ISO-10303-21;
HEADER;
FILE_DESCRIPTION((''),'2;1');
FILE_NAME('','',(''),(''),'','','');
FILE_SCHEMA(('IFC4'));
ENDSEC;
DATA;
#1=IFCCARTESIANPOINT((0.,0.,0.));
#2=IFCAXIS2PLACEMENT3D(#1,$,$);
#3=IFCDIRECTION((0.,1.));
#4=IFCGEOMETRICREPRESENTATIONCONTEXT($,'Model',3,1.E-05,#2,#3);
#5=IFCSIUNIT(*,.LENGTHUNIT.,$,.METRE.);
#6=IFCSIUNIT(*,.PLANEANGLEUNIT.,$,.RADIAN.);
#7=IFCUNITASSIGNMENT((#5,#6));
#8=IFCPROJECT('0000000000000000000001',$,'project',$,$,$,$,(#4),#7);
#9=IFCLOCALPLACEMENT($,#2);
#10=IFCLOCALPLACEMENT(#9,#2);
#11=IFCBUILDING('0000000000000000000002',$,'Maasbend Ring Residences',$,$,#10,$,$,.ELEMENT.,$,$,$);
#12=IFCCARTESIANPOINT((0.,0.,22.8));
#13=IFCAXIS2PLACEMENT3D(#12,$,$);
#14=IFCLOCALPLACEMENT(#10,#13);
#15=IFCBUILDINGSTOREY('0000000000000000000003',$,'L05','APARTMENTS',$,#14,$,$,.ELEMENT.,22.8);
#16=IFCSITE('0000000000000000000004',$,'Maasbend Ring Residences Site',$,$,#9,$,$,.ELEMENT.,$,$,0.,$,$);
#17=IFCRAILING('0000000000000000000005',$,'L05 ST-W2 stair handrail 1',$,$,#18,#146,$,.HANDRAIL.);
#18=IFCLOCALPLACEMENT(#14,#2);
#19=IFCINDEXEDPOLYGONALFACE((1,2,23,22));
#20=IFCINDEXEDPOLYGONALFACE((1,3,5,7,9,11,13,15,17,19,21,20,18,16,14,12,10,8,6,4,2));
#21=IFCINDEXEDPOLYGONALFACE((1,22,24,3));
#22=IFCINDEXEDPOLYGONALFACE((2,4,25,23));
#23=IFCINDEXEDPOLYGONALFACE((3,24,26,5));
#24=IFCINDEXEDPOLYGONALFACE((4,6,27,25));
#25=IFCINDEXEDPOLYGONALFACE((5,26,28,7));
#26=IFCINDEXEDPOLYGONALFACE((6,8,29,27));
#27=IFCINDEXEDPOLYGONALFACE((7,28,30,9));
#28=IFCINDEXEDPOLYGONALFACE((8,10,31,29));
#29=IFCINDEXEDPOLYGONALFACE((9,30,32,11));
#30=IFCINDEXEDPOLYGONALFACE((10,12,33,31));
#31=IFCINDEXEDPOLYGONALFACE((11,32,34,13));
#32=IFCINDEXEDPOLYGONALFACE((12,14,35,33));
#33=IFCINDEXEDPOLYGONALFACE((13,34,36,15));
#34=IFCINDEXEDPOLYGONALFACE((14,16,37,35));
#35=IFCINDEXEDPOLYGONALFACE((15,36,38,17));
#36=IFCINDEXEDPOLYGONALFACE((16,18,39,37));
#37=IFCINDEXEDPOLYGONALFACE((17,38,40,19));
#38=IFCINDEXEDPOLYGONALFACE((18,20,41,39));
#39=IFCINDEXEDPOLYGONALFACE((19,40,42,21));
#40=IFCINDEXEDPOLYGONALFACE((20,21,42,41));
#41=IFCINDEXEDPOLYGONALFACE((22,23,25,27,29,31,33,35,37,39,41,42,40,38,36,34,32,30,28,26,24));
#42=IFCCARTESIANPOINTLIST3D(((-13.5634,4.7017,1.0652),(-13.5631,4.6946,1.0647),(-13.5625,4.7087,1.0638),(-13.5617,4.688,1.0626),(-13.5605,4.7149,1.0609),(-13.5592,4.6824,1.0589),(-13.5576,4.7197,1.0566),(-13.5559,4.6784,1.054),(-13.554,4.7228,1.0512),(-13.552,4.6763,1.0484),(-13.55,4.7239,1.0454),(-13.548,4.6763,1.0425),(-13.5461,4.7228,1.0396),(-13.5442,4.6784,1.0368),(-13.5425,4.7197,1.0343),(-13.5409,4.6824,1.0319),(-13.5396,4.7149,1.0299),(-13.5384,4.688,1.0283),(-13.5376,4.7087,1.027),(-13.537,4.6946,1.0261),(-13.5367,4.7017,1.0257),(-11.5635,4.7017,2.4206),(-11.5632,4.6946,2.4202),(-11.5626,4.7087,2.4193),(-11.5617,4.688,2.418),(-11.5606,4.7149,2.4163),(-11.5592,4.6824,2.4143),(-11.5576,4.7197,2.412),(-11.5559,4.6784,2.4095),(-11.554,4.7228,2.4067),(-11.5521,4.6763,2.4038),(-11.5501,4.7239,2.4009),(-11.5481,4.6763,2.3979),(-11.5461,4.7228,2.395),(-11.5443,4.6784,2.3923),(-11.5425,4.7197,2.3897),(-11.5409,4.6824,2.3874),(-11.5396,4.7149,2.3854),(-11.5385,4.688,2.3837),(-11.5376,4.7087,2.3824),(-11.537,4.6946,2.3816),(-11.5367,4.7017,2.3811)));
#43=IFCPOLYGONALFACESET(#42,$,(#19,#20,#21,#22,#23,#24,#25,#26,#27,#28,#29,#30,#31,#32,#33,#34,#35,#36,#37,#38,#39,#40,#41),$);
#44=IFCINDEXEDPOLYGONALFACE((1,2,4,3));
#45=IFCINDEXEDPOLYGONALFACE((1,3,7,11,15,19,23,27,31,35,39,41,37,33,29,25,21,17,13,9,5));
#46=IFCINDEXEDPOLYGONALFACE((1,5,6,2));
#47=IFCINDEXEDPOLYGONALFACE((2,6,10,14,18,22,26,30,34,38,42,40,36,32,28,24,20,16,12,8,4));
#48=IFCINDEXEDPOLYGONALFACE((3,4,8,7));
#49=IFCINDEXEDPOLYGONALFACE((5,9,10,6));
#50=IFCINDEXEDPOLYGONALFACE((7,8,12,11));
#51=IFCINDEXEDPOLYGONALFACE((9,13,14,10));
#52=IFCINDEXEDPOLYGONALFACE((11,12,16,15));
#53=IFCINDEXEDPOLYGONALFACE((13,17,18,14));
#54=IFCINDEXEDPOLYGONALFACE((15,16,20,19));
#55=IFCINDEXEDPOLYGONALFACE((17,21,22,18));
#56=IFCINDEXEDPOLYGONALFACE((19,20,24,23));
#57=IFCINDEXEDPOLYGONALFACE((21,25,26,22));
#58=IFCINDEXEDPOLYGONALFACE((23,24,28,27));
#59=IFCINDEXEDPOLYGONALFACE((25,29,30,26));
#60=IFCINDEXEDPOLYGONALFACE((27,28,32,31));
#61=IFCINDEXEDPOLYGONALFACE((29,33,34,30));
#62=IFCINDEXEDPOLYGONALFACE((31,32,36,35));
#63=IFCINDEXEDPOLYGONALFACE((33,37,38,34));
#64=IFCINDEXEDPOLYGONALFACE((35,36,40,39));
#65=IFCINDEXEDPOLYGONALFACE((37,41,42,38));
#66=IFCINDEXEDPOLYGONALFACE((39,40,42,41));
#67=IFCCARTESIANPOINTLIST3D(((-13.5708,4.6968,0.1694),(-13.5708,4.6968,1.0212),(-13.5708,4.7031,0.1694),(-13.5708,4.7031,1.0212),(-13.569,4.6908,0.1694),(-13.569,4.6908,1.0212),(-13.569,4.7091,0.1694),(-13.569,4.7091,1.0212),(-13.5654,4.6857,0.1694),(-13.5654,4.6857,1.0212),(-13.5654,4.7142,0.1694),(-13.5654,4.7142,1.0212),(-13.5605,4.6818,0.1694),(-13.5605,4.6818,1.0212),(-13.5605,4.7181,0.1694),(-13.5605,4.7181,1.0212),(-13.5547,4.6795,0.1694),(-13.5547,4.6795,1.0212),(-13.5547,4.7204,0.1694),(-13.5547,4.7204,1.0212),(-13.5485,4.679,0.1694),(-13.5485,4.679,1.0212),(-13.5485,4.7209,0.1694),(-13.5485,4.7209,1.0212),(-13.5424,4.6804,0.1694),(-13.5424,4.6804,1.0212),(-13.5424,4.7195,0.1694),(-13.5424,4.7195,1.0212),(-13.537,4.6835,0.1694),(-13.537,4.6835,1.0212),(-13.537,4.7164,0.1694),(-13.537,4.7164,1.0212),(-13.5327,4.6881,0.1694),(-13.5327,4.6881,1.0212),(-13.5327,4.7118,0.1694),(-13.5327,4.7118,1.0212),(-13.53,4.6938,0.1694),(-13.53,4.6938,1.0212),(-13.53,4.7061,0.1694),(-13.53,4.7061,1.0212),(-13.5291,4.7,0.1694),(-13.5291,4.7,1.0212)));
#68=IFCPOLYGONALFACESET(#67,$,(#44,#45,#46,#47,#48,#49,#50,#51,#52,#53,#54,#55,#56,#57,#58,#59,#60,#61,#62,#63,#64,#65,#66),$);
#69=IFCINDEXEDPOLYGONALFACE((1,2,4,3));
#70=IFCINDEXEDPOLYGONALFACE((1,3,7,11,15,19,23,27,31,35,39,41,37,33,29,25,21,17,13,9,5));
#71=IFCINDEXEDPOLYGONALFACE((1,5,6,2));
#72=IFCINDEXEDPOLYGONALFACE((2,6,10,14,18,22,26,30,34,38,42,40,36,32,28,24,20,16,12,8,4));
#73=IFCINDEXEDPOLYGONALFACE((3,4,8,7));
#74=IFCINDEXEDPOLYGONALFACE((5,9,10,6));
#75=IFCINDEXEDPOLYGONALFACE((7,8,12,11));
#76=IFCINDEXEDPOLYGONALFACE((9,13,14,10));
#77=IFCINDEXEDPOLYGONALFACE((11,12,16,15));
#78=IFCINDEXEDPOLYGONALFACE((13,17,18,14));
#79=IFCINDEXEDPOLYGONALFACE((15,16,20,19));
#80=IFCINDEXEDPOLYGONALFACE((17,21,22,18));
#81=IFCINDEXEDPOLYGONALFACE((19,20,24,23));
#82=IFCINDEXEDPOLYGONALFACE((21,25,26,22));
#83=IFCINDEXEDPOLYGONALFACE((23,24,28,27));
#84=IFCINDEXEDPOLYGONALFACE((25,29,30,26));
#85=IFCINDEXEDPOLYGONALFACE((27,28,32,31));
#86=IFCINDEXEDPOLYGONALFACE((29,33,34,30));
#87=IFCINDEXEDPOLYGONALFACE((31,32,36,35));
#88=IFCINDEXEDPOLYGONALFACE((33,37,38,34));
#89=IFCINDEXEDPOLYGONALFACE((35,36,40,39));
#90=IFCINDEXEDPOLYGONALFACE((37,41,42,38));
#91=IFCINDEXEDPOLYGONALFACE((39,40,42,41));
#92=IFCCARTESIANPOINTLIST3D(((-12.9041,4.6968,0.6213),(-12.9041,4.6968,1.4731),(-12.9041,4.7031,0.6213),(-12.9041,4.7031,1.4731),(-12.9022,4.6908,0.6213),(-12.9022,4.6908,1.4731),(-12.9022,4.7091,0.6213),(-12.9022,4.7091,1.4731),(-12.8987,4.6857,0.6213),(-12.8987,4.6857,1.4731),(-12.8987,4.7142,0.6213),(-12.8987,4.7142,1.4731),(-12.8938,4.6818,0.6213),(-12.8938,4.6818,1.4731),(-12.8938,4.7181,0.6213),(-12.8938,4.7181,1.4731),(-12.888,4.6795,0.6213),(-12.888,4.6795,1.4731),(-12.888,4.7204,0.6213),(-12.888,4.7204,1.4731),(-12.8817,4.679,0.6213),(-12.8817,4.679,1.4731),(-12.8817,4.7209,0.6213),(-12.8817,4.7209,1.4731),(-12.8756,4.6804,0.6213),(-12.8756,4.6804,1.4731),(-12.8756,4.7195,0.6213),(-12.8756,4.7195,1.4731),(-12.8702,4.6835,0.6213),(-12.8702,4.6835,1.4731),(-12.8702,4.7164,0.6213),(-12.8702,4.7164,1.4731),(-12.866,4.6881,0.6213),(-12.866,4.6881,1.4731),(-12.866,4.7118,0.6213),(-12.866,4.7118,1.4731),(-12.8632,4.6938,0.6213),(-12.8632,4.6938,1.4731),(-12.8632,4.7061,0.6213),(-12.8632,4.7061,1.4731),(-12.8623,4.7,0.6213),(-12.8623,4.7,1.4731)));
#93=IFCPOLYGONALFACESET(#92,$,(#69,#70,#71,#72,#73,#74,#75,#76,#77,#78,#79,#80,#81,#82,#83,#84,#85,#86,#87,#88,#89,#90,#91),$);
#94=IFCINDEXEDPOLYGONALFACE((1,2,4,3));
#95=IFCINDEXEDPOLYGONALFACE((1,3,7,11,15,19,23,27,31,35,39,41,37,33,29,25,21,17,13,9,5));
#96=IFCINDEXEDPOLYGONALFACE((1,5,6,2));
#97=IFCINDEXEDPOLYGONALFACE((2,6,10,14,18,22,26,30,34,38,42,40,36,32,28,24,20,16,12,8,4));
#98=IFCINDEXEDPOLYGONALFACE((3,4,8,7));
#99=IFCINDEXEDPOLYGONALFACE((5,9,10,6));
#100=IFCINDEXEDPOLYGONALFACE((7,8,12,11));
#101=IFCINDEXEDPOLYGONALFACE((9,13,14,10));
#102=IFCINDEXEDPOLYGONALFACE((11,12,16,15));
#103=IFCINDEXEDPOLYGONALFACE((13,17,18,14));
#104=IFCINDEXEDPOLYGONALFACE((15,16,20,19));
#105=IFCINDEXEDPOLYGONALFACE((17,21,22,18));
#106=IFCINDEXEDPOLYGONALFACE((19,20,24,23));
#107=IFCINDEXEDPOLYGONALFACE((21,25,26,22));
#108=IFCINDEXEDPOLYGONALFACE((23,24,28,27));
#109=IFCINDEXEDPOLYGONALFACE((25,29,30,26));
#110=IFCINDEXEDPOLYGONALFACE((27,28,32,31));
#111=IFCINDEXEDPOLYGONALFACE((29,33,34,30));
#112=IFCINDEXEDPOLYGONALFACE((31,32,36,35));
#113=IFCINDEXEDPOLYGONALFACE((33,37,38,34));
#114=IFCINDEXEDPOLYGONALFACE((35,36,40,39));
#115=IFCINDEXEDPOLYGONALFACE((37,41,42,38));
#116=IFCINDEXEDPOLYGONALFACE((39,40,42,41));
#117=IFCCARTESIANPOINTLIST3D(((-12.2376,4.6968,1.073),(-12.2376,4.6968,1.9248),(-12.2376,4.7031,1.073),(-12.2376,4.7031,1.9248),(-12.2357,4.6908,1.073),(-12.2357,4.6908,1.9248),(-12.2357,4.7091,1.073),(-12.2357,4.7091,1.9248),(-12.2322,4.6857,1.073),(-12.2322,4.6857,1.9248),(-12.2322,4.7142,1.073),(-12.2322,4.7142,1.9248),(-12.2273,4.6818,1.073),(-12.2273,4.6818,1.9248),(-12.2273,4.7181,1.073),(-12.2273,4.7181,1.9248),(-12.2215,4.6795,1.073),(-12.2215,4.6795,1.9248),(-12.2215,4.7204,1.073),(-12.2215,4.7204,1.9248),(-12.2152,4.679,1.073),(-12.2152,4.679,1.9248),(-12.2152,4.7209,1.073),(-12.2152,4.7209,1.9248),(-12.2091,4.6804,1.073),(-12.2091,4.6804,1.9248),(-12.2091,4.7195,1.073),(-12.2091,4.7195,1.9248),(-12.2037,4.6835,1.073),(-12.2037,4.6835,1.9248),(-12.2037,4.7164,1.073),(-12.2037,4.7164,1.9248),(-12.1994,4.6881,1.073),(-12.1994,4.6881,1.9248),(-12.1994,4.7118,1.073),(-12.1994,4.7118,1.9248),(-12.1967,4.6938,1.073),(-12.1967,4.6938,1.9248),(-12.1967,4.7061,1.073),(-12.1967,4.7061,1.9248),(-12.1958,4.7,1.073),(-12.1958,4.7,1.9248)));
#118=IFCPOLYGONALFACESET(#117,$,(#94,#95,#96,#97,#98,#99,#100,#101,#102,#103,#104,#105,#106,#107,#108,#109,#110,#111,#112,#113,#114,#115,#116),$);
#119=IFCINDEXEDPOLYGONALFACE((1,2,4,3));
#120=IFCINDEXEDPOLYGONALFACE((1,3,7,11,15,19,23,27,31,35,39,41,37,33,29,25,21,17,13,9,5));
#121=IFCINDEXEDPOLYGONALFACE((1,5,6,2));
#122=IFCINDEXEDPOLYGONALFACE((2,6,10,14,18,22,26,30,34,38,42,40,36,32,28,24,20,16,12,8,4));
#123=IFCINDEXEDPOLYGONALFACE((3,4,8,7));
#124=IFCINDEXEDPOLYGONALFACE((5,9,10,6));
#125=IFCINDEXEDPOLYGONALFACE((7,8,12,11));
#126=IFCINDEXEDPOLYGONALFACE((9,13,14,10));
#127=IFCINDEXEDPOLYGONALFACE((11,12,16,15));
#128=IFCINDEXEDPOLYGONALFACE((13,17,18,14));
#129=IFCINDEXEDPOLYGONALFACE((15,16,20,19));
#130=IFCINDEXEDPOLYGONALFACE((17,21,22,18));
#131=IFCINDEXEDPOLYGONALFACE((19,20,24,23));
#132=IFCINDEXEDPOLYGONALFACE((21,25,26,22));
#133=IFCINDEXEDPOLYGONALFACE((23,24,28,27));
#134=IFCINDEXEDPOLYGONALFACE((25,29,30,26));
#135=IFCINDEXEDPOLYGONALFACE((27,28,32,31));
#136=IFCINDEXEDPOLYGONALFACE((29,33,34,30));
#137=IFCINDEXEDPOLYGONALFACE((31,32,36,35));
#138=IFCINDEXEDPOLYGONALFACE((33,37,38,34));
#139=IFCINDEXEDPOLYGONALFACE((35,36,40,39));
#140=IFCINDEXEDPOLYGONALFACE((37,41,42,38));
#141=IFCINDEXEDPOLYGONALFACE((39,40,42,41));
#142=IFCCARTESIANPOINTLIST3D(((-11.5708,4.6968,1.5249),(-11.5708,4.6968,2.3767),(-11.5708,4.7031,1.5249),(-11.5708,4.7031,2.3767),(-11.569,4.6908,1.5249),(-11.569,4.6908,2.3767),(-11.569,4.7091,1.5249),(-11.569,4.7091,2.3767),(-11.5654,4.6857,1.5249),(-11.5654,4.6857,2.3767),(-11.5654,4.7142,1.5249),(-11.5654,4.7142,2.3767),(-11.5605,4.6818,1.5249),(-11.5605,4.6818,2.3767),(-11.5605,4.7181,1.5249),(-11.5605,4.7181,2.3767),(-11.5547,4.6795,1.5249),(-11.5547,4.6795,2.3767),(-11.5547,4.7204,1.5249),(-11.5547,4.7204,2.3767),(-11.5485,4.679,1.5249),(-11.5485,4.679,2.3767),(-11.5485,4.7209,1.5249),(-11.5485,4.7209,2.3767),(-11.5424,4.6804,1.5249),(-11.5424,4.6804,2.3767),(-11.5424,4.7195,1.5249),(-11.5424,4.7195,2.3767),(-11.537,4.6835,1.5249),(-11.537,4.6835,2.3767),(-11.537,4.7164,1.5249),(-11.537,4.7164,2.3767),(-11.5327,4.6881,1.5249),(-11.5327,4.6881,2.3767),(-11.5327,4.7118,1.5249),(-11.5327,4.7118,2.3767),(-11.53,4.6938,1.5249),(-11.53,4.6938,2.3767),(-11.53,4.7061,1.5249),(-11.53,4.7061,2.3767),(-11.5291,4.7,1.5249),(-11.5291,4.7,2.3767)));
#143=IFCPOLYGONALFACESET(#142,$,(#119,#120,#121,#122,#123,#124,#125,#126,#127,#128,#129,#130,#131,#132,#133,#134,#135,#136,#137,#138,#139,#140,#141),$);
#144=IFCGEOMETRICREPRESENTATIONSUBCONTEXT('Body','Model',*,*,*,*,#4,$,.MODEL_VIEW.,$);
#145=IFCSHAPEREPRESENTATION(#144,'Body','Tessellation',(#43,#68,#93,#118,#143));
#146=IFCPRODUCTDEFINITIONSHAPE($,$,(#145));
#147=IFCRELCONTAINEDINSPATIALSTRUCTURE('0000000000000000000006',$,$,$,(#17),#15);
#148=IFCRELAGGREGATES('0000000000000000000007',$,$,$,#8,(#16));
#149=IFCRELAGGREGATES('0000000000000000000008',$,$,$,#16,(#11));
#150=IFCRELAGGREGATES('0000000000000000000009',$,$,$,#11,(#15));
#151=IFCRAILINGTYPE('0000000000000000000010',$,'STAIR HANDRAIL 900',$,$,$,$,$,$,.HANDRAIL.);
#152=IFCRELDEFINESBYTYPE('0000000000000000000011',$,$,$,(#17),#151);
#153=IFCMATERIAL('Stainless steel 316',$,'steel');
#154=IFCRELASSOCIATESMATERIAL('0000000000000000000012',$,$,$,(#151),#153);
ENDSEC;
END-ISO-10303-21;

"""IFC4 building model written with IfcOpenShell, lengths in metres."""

from ifc_helpers import new_model, si_unit, direction, frame, origin, origin_2d, place, context, subcontext, project, spatial, circle, extrude, material, type_object, element, save


model = new_model("IFC4")

# Units and contexts
model_context = context("Model", 3, precision=1e-05, world=origin(), true_north=direction((0.0, 1.0)))
body_context = subcontext(model_context, "Body", "Model", "MODEL_VIEW")
ifc_project = project(units=[si_unit("LENGTHUNIT", "METRE"), si_unit("PLANEANGLEUNIT", "RADIAN")], contexts=[model_context])

# Site, building, storey
site_placement = place(None, origin())
site = spatial("IfcSite", under=ifc_project, at=site_placement, Name="Maasbend Ring Residences Site", CompositionType="ELEMENT", RefElevation=0.0)
building_placement = place(site_placement, origin())
building = spatial("IfcBuilding", under=site, at=building_placement, Name="Maasbend Ring Residences", CompositionType="ELEMENT")
storey_placement = place(building_placement, frame((0.0, 0.0, 22.8)))
storey = spatial("IfcBuildingStorey", under=building, at=storey_placement, Name="L05", Description="APARTMENTS", CompositionType="ELEMENT", Elevation=22.8)

# Railing
ifc_material_1 = material(Name="Stainless steel 316", Category="steel")
railing_type_1 = type_object("IfcRailingType", Name="STAIR HANDRAIL 900", PredefinedType="HANDRAIL", material=ifc_material_1)
railing_1_placement = place(storey_placement, frame((-13.55, 4.7, 0.1694)))
element("IfcRailing", 1, at=railing_1_placement, inside=storey, type_object=railing_type_1, Name="L05 ST-W2 stair handrail 1", PredefinedType="HANDRAIL", context=body_context, shape_type="SweptSolid", body=[
    extrude(circle(Radius=0.0239, at=origin_2d()), frame((0.0, 0.0, 0.876), z_axis=(0.827798, 0.0, 0.561027), x_axis=(0.0, 1.0, 0.0)), (0.0, 0.0, 1.0), 2.416),
    extrude(circle(Radius=0.021, at=origin_2d()), origin(), (0.0, 0.0, 1.0), 0.8518),
    extrude(circle(Radius=0.021, at=origin_2d()), frame((0.6667, 0.0, 0.4519)), (0.0, 0.0, 1.0), 0.8518),
    extrude(circle(Radius=0.021, at=origin_2d()), frame((1.3333, 0.0, 0.9036)), (0.0, 0.0, 1.0), 0.8518),
    extrude(circle(Radius=0.021, at=origin_2d()), frame((2.0, 0.0, 1.3555)), (0.0, 0.0, 1.0), 0.8518),
])

save(model, "model.ifc")
